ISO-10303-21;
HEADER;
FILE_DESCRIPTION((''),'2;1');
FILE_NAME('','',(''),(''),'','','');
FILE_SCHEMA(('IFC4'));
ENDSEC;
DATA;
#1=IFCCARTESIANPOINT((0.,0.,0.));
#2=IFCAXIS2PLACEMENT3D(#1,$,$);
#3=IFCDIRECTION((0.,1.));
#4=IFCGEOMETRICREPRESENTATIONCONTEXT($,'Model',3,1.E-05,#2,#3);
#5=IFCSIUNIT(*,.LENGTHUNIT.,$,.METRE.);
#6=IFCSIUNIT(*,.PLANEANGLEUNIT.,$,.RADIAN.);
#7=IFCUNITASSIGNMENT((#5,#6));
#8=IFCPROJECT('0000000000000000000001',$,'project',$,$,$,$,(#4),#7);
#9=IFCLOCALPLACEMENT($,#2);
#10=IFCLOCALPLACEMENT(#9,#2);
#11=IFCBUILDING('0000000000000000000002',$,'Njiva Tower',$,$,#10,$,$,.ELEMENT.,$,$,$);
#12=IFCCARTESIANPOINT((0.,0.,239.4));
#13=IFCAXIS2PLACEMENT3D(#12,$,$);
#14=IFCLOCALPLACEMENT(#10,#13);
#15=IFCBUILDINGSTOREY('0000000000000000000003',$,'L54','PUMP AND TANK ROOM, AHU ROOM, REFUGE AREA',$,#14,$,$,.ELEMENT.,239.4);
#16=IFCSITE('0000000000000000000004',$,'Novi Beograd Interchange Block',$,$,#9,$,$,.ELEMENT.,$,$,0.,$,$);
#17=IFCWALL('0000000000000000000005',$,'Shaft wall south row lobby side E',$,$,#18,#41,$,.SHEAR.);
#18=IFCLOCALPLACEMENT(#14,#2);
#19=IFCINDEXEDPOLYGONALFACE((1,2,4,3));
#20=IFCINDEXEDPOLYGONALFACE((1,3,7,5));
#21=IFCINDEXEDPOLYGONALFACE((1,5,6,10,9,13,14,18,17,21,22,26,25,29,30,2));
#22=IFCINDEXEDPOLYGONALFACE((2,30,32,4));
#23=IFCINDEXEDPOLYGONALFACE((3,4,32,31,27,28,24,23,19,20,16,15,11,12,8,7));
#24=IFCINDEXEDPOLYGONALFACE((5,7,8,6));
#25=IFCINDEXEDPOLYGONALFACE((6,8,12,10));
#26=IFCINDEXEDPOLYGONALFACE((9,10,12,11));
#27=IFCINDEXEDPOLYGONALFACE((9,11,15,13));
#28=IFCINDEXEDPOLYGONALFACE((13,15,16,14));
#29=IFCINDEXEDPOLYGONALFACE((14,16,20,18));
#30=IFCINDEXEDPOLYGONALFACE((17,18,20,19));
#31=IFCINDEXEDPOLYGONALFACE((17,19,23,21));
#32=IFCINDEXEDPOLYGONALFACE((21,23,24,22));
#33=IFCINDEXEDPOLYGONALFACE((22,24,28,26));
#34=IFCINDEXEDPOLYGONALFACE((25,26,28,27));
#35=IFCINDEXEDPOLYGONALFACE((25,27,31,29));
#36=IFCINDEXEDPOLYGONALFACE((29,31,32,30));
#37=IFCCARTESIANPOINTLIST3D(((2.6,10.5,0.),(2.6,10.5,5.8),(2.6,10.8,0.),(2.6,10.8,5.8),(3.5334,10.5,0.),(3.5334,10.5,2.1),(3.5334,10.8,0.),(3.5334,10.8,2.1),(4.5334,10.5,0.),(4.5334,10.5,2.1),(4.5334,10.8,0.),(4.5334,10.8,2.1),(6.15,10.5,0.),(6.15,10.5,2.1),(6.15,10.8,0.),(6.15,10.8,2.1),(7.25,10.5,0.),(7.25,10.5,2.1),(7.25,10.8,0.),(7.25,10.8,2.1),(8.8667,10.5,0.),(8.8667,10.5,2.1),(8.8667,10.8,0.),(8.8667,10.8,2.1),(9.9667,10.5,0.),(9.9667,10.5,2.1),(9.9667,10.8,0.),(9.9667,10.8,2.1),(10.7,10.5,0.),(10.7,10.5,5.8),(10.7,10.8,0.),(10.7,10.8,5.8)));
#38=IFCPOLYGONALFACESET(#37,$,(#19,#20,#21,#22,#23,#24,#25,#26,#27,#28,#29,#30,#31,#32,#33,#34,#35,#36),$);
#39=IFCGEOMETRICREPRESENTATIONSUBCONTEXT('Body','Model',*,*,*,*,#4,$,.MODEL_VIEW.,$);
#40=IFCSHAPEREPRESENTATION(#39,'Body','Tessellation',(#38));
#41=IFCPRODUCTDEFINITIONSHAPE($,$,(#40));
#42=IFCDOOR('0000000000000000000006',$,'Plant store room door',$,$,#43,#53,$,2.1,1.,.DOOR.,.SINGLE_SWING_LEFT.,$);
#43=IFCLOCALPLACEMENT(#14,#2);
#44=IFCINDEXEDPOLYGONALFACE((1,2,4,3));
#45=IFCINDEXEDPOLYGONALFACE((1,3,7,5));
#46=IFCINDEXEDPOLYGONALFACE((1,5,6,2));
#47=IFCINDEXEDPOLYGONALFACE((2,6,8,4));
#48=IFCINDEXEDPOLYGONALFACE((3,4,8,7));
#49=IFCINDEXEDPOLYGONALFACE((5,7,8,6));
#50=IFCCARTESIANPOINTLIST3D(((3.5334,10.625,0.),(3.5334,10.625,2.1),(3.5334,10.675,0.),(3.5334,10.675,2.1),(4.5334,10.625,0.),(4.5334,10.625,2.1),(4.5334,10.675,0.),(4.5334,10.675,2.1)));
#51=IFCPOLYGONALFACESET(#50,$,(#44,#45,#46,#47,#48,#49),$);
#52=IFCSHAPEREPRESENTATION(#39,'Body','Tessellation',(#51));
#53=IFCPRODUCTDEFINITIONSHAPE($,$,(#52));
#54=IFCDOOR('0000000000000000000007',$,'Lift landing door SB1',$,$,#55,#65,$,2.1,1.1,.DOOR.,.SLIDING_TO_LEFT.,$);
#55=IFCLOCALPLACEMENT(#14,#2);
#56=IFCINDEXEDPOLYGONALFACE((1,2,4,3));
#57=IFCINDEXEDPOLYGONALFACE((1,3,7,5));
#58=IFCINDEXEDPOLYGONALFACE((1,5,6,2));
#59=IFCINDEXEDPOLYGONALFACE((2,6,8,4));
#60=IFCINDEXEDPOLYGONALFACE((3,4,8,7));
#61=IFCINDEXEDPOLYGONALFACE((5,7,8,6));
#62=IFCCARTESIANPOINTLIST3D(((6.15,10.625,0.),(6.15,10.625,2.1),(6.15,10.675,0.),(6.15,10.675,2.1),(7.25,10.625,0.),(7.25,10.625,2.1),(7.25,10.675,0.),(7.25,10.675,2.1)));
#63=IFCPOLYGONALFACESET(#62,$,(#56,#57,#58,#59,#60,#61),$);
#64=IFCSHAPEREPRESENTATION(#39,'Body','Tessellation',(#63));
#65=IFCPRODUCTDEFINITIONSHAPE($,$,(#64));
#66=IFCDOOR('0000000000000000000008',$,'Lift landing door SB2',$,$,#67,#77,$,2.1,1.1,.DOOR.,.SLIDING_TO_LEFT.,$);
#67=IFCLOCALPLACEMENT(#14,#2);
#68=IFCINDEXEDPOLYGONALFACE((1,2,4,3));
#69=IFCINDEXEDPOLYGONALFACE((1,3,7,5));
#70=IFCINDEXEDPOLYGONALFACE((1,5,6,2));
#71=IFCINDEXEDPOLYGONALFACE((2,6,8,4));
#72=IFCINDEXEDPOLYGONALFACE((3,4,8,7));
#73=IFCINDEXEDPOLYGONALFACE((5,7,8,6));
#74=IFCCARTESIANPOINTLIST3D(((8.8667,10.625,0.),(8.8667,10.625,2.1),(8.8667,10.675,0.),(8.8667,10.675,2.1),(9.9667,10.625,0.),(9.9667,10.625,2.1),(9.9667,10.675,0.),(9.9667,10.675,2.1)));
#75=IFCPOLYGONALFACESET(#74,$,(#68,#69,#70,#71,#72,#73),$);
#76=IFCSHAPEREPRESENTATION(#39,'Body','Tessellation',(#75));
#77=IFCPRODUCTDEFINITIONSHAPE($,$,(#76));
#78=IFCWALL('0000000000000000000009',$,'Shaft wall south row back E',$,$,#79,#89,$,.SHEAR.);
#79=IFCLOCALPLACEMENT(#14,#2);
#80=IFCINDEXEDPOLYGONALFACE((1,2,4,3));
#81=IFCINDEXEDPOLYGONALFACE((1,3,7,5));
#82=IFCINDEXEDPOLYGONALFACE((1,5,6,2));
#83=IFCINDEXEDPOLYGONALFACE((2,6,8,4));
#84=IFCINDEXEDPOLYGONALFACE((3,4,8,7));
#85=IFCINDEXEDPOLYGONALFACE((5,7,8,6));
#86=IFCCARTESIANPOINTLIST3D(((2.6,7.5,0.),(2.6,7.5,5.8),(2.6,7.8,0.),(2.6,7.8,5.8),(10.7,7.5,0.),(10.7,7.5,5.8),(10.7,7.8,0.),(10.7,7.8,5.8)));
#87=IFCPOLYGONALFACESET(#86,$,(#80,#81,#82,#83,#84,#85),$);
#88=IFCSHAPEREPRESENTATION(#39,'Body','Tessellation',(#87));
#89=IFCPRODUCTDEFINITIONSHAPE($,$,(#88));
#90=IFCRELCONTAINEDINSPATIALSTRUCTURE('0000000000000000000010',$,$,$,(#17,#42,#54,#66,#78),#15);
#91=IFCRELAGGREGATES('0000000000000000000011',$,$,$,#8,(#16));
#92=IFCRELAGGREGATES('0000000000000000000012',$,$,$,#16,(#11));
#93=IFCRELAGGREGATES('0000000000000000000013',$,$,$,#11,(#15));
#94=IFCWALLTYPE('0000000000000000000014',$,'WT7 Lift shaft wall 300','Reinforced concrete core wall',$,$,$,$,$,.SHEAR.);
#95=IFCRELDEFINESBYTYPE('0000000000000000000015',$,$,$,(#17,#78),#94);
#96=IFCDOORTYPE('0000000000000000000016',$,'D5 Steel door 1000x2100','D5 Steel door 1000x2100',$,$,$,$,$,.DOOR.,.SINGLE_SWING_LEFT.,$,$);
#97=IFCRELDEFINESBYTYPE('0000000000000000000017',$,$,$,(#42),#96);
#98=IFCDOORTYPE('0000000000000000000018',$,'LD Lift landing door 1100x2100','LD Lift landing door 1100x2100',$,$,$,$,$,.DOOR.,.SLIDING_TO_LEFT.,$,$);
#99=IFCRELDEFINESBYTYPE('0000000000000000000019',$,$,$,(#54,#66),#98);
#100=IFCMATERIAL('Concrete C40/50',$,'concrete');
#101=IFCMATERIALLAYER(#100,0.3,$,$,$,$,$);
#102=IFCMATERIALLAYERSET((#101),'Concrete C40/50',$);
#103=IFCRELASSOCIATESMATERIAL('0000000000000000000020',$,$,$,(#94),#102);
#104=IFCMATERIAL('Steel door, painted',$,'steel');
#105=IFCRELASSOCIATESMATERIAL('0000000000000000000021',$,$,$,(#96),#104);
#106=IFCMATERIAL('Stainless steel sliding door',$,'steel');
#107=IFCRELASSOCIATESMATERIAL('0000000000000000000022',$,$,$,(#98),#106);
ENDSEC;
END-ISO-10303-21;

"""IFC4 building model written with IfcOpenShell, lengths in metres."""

from ifc_helpers import new_model, si_unit, direction, frame, frame_2d, origin, place, context, subcontext, project, spatial, rectangle, extrude, material, layer, layer_set, type_object, element, fill, save


model = new_model("IFC4")

# Units and contexts
model_context = context("Model", 3, precision=1e-05, world=origin(), true_north=direction((0.0, 1.0)))
body_context = subcontext(model_context, "Body", "Model", "MODEL_VIEW")
ifc_project = project(units=[si_unit("LENGTHUNIT", "METRE"), si_unit("PLANEANGLEUNIT", "RADIAN")], contexts=[model_context])

# Site, building, storey
site_placement = place(None, origin())
site = spatial("IfcSite", under=ifc_project, at=site_placement, Name="Novi Beograd Interchange Block", CompositionType="ELEMENT", RefElevation=0.0)
building_placement = place(site_placement, origin())
building = spatial("IfcBuilding", under=site, at=building_placement, Name="Njiva Tower", CompositionType="ELEMENT")
storey_placement = place(building_placement, frame((0.0, 0.0, 239.4)))
storey = spatial("IfcBuildingStorey", under=building, at=storey_placement, Name="L54", Description="PUMP AND TANK ROOM, AHU ROOM, REFUGE AREA", CompositionType="ELEMENT", Elevation=239.4)

# Shared definitions
ifc_material_1 = material(Name="Concrete C40/50", Category="concrete")

# Wall, openings, doors
ifc_layer_1 = layer(ifc_material_1, 0.3)
ifc_layer_set_1 = layer_set([ifc_layer_1], Name="Concrete C40/50")
wall_type_1 = type_object("IfcWallType", Name="WT7 Lift shaft wall 300", Description="Reinforced concrete core wall", PredefinedType="SHEAR", material=ifc_layer_set_1)
wall_1_placement = place(storey_placement, frame((2.6, 10.65, 0.0), z_axis=(0.0, 0.0, 1.0), x_axis=(1.0, 0.0, 0.0)))
wall_1 = element("IfcWall", 1, at=wall_1_placement, inside=storey, type_object=wall_type_1, Name="Shaft wall south row lobby side E", PredefinedType="SHEAR", context=body_context, shape_type="SweptSolid", body=[
    extrude(rectangle(XDim=8.1, YDim=0.3, at=frame_2d((4.05, 0.0))), origin(), (0.0, 0.0, 1.0), 5.8),
])
opening_1_placement = place(wall_1_placement, frame((3.55, 0.0, 0.0)))
opening_1 = element("IfcOpeningElement", 2, at=opening_1_placement, cuts=wall_1, PredefinedType="OPENING", context=body_context, shape_type="SweptSolid", body=[
    extrude(rectangle(XDim=1.1, YDim=2.1, at=frame_2d((0.55, 1.05))), frame((0.0, 0.16, 0.0), z_axis=(0.0, -1.0, 0.0), x_axis=(1.0, 0.0, 0.0)), (0.0, 0.0, 1.0), 0.32),
])
opening_2_placement = place(wall_1_placement, frame((6.2667, 0.0, 0.0)))
opening_2 = element("IfcOpeningElement", 3, at=opening_2_placement, cuts=wall_1, PredefinedType="OPENING", context=body_context, shape_type="SweptSolid", body=[
    extrude(rectangle(XDim=1.1, YDim=2.1, at=frame_2d((0.55, 1.05))), frame((0.0, 0.16, 0.0), z_axis=(0.0, -1.0, 0.0), x_axis=(1.0, 0.0, 0.0)), (0.0, 0.0, 1.0), 0.32),
])
opening_3_placement = place(wall_1_placement, frame((0.9334, 0.0, 0.0)))
opening_3 = element("IfcOpeningElement", 4, at=opening_3_placement, cuts=wall_1, PredefinedType="OPENING", context=body_context, shape_type="SweptSolid", body=[
    extrude(rectangle(XDim=1.0, YDim=2.1, at=frame_2d((0.5, 1.05))), frame((0.0, 0.16, 0.0), z_axis=(0.0, -1.0, 0.0), x_axis=(1.0, 0.0, 0.0)), (0.0, 0.0, 1.0), 0.32),
])
ifc_material_2 = material(Name="Steel door, painted", Category="steel")
door_type_1 = type_object("IfcDoorType", Name="D5 Steel door 1000x2100", Description="D5 Steel door 1000x2100", OperationType="SINGLE_SWING_LEFT", PredefinedType="DOOR", material=ifc_material_2)
door_1_placement = place(opening_3_placement, origin())
door_1 = element("IfcDoor", 5, at=door_1_placement, inside=storey, type_object=door_type_1, Name="Plant store room door", OperationType="SINGLE_SWING_LEFT", OverallHeight=2.1, OverallWidth=1.0, PredefinedType="DOOR", context=body_context, shape_type="SweptSolid", body=[
    extrude(rectangle(XDim=1.0, YDim=2.1, at=frame_2d((0.5, 1.05))), frame((0.0, 0.025, 0.0), z_axis=(0.0, -1.0, 0.0), x_axis=(1.0, 0.0, 0.0)), (0.0, 0.0, 1.0), 0.05),
])
fill(opening_3, door_1)
ifc_material_3 = material(Name="Stainless steel sliding door", Category="steel")
door_type_2 = type_object("IfcDoorType", Name="LD Lift landing door 1100x2100", Description="LD Lift landing door 1100x2100", OperationType="SLIDING_TO_LEFT", PredefinedType="DOOR", material=ifc_material_3)
door_2_placement = place(opening_1_placement, origin())
door_2 = element("IfcDoor", 6, at=door_2_placement, inside=storey, type_object=door_type_2, Name="Lift landing door SB1", OperationType="SLIDING_TO_LEFT", OverallHeight=2.1, OverallWidth=1.1, PredefinedType="DOOR", context=body_context, shape_type="SweptSolid", body=[
    extrude(rectangle(XDim=1.1, YDim=2.1, at=frame_2d((0.55, 1.05))), frame((0.0, 0.025, 0.0), z_axis=(0.0, -1.0, 0.0), x_axis=(1.0, 0.0, 0.0)), (0.0, 0.0, 1.0), 0.05),
])
fill(opening_1, door_2)
door_3_placement = place(opening_2_placement, origin())
door_3 = element("IfcDoor", 7, at=door_3_placement, inside=storey, type_object=door_type_2, Name="Lift landing door SB2", OperationType="SLIDING_TO_LEFT", OverallHeight=2.1, OverallWidth=1.1, PredefinedType="DOOR", context=body_context, shape_type="SweptSolid", body=[
    extrude(rectangle(XDim=1.1, YDim=2.1, at=frame_2d((0.55, 1.05))), frame((0.0, 0.025, 0.0), z_axis=(0.0, -1.0, 0.0), x_axis=(1.0, 0.0, 0.0)), (0.0, 0.0, 1.0), 0.05),
])
fill(opening_2, door_3)

# Wall
wall_2_placement = place(storey_placement, frame((2.6, 7.65, 0.0), z_axis=(0.0, 0.0, 1.0), x_axis=(1.0, 0.0, 0.0)))
element("IfcWall", 8, at=wall_2_placement, inside=storey, type_object=wall_type_1, Name="Shaft wall south row back E", PredefinedType="SHEAR", context=body_context, shape_type="SweptSolid", body=[
    extrude(rectangle(XDim=8.1, YDim=0.3, at=frame_2d((4.05, 0.0))), origin(), (0.0, 0.0, 1.0), 5.8),
])

save(model, "model.ifc")
